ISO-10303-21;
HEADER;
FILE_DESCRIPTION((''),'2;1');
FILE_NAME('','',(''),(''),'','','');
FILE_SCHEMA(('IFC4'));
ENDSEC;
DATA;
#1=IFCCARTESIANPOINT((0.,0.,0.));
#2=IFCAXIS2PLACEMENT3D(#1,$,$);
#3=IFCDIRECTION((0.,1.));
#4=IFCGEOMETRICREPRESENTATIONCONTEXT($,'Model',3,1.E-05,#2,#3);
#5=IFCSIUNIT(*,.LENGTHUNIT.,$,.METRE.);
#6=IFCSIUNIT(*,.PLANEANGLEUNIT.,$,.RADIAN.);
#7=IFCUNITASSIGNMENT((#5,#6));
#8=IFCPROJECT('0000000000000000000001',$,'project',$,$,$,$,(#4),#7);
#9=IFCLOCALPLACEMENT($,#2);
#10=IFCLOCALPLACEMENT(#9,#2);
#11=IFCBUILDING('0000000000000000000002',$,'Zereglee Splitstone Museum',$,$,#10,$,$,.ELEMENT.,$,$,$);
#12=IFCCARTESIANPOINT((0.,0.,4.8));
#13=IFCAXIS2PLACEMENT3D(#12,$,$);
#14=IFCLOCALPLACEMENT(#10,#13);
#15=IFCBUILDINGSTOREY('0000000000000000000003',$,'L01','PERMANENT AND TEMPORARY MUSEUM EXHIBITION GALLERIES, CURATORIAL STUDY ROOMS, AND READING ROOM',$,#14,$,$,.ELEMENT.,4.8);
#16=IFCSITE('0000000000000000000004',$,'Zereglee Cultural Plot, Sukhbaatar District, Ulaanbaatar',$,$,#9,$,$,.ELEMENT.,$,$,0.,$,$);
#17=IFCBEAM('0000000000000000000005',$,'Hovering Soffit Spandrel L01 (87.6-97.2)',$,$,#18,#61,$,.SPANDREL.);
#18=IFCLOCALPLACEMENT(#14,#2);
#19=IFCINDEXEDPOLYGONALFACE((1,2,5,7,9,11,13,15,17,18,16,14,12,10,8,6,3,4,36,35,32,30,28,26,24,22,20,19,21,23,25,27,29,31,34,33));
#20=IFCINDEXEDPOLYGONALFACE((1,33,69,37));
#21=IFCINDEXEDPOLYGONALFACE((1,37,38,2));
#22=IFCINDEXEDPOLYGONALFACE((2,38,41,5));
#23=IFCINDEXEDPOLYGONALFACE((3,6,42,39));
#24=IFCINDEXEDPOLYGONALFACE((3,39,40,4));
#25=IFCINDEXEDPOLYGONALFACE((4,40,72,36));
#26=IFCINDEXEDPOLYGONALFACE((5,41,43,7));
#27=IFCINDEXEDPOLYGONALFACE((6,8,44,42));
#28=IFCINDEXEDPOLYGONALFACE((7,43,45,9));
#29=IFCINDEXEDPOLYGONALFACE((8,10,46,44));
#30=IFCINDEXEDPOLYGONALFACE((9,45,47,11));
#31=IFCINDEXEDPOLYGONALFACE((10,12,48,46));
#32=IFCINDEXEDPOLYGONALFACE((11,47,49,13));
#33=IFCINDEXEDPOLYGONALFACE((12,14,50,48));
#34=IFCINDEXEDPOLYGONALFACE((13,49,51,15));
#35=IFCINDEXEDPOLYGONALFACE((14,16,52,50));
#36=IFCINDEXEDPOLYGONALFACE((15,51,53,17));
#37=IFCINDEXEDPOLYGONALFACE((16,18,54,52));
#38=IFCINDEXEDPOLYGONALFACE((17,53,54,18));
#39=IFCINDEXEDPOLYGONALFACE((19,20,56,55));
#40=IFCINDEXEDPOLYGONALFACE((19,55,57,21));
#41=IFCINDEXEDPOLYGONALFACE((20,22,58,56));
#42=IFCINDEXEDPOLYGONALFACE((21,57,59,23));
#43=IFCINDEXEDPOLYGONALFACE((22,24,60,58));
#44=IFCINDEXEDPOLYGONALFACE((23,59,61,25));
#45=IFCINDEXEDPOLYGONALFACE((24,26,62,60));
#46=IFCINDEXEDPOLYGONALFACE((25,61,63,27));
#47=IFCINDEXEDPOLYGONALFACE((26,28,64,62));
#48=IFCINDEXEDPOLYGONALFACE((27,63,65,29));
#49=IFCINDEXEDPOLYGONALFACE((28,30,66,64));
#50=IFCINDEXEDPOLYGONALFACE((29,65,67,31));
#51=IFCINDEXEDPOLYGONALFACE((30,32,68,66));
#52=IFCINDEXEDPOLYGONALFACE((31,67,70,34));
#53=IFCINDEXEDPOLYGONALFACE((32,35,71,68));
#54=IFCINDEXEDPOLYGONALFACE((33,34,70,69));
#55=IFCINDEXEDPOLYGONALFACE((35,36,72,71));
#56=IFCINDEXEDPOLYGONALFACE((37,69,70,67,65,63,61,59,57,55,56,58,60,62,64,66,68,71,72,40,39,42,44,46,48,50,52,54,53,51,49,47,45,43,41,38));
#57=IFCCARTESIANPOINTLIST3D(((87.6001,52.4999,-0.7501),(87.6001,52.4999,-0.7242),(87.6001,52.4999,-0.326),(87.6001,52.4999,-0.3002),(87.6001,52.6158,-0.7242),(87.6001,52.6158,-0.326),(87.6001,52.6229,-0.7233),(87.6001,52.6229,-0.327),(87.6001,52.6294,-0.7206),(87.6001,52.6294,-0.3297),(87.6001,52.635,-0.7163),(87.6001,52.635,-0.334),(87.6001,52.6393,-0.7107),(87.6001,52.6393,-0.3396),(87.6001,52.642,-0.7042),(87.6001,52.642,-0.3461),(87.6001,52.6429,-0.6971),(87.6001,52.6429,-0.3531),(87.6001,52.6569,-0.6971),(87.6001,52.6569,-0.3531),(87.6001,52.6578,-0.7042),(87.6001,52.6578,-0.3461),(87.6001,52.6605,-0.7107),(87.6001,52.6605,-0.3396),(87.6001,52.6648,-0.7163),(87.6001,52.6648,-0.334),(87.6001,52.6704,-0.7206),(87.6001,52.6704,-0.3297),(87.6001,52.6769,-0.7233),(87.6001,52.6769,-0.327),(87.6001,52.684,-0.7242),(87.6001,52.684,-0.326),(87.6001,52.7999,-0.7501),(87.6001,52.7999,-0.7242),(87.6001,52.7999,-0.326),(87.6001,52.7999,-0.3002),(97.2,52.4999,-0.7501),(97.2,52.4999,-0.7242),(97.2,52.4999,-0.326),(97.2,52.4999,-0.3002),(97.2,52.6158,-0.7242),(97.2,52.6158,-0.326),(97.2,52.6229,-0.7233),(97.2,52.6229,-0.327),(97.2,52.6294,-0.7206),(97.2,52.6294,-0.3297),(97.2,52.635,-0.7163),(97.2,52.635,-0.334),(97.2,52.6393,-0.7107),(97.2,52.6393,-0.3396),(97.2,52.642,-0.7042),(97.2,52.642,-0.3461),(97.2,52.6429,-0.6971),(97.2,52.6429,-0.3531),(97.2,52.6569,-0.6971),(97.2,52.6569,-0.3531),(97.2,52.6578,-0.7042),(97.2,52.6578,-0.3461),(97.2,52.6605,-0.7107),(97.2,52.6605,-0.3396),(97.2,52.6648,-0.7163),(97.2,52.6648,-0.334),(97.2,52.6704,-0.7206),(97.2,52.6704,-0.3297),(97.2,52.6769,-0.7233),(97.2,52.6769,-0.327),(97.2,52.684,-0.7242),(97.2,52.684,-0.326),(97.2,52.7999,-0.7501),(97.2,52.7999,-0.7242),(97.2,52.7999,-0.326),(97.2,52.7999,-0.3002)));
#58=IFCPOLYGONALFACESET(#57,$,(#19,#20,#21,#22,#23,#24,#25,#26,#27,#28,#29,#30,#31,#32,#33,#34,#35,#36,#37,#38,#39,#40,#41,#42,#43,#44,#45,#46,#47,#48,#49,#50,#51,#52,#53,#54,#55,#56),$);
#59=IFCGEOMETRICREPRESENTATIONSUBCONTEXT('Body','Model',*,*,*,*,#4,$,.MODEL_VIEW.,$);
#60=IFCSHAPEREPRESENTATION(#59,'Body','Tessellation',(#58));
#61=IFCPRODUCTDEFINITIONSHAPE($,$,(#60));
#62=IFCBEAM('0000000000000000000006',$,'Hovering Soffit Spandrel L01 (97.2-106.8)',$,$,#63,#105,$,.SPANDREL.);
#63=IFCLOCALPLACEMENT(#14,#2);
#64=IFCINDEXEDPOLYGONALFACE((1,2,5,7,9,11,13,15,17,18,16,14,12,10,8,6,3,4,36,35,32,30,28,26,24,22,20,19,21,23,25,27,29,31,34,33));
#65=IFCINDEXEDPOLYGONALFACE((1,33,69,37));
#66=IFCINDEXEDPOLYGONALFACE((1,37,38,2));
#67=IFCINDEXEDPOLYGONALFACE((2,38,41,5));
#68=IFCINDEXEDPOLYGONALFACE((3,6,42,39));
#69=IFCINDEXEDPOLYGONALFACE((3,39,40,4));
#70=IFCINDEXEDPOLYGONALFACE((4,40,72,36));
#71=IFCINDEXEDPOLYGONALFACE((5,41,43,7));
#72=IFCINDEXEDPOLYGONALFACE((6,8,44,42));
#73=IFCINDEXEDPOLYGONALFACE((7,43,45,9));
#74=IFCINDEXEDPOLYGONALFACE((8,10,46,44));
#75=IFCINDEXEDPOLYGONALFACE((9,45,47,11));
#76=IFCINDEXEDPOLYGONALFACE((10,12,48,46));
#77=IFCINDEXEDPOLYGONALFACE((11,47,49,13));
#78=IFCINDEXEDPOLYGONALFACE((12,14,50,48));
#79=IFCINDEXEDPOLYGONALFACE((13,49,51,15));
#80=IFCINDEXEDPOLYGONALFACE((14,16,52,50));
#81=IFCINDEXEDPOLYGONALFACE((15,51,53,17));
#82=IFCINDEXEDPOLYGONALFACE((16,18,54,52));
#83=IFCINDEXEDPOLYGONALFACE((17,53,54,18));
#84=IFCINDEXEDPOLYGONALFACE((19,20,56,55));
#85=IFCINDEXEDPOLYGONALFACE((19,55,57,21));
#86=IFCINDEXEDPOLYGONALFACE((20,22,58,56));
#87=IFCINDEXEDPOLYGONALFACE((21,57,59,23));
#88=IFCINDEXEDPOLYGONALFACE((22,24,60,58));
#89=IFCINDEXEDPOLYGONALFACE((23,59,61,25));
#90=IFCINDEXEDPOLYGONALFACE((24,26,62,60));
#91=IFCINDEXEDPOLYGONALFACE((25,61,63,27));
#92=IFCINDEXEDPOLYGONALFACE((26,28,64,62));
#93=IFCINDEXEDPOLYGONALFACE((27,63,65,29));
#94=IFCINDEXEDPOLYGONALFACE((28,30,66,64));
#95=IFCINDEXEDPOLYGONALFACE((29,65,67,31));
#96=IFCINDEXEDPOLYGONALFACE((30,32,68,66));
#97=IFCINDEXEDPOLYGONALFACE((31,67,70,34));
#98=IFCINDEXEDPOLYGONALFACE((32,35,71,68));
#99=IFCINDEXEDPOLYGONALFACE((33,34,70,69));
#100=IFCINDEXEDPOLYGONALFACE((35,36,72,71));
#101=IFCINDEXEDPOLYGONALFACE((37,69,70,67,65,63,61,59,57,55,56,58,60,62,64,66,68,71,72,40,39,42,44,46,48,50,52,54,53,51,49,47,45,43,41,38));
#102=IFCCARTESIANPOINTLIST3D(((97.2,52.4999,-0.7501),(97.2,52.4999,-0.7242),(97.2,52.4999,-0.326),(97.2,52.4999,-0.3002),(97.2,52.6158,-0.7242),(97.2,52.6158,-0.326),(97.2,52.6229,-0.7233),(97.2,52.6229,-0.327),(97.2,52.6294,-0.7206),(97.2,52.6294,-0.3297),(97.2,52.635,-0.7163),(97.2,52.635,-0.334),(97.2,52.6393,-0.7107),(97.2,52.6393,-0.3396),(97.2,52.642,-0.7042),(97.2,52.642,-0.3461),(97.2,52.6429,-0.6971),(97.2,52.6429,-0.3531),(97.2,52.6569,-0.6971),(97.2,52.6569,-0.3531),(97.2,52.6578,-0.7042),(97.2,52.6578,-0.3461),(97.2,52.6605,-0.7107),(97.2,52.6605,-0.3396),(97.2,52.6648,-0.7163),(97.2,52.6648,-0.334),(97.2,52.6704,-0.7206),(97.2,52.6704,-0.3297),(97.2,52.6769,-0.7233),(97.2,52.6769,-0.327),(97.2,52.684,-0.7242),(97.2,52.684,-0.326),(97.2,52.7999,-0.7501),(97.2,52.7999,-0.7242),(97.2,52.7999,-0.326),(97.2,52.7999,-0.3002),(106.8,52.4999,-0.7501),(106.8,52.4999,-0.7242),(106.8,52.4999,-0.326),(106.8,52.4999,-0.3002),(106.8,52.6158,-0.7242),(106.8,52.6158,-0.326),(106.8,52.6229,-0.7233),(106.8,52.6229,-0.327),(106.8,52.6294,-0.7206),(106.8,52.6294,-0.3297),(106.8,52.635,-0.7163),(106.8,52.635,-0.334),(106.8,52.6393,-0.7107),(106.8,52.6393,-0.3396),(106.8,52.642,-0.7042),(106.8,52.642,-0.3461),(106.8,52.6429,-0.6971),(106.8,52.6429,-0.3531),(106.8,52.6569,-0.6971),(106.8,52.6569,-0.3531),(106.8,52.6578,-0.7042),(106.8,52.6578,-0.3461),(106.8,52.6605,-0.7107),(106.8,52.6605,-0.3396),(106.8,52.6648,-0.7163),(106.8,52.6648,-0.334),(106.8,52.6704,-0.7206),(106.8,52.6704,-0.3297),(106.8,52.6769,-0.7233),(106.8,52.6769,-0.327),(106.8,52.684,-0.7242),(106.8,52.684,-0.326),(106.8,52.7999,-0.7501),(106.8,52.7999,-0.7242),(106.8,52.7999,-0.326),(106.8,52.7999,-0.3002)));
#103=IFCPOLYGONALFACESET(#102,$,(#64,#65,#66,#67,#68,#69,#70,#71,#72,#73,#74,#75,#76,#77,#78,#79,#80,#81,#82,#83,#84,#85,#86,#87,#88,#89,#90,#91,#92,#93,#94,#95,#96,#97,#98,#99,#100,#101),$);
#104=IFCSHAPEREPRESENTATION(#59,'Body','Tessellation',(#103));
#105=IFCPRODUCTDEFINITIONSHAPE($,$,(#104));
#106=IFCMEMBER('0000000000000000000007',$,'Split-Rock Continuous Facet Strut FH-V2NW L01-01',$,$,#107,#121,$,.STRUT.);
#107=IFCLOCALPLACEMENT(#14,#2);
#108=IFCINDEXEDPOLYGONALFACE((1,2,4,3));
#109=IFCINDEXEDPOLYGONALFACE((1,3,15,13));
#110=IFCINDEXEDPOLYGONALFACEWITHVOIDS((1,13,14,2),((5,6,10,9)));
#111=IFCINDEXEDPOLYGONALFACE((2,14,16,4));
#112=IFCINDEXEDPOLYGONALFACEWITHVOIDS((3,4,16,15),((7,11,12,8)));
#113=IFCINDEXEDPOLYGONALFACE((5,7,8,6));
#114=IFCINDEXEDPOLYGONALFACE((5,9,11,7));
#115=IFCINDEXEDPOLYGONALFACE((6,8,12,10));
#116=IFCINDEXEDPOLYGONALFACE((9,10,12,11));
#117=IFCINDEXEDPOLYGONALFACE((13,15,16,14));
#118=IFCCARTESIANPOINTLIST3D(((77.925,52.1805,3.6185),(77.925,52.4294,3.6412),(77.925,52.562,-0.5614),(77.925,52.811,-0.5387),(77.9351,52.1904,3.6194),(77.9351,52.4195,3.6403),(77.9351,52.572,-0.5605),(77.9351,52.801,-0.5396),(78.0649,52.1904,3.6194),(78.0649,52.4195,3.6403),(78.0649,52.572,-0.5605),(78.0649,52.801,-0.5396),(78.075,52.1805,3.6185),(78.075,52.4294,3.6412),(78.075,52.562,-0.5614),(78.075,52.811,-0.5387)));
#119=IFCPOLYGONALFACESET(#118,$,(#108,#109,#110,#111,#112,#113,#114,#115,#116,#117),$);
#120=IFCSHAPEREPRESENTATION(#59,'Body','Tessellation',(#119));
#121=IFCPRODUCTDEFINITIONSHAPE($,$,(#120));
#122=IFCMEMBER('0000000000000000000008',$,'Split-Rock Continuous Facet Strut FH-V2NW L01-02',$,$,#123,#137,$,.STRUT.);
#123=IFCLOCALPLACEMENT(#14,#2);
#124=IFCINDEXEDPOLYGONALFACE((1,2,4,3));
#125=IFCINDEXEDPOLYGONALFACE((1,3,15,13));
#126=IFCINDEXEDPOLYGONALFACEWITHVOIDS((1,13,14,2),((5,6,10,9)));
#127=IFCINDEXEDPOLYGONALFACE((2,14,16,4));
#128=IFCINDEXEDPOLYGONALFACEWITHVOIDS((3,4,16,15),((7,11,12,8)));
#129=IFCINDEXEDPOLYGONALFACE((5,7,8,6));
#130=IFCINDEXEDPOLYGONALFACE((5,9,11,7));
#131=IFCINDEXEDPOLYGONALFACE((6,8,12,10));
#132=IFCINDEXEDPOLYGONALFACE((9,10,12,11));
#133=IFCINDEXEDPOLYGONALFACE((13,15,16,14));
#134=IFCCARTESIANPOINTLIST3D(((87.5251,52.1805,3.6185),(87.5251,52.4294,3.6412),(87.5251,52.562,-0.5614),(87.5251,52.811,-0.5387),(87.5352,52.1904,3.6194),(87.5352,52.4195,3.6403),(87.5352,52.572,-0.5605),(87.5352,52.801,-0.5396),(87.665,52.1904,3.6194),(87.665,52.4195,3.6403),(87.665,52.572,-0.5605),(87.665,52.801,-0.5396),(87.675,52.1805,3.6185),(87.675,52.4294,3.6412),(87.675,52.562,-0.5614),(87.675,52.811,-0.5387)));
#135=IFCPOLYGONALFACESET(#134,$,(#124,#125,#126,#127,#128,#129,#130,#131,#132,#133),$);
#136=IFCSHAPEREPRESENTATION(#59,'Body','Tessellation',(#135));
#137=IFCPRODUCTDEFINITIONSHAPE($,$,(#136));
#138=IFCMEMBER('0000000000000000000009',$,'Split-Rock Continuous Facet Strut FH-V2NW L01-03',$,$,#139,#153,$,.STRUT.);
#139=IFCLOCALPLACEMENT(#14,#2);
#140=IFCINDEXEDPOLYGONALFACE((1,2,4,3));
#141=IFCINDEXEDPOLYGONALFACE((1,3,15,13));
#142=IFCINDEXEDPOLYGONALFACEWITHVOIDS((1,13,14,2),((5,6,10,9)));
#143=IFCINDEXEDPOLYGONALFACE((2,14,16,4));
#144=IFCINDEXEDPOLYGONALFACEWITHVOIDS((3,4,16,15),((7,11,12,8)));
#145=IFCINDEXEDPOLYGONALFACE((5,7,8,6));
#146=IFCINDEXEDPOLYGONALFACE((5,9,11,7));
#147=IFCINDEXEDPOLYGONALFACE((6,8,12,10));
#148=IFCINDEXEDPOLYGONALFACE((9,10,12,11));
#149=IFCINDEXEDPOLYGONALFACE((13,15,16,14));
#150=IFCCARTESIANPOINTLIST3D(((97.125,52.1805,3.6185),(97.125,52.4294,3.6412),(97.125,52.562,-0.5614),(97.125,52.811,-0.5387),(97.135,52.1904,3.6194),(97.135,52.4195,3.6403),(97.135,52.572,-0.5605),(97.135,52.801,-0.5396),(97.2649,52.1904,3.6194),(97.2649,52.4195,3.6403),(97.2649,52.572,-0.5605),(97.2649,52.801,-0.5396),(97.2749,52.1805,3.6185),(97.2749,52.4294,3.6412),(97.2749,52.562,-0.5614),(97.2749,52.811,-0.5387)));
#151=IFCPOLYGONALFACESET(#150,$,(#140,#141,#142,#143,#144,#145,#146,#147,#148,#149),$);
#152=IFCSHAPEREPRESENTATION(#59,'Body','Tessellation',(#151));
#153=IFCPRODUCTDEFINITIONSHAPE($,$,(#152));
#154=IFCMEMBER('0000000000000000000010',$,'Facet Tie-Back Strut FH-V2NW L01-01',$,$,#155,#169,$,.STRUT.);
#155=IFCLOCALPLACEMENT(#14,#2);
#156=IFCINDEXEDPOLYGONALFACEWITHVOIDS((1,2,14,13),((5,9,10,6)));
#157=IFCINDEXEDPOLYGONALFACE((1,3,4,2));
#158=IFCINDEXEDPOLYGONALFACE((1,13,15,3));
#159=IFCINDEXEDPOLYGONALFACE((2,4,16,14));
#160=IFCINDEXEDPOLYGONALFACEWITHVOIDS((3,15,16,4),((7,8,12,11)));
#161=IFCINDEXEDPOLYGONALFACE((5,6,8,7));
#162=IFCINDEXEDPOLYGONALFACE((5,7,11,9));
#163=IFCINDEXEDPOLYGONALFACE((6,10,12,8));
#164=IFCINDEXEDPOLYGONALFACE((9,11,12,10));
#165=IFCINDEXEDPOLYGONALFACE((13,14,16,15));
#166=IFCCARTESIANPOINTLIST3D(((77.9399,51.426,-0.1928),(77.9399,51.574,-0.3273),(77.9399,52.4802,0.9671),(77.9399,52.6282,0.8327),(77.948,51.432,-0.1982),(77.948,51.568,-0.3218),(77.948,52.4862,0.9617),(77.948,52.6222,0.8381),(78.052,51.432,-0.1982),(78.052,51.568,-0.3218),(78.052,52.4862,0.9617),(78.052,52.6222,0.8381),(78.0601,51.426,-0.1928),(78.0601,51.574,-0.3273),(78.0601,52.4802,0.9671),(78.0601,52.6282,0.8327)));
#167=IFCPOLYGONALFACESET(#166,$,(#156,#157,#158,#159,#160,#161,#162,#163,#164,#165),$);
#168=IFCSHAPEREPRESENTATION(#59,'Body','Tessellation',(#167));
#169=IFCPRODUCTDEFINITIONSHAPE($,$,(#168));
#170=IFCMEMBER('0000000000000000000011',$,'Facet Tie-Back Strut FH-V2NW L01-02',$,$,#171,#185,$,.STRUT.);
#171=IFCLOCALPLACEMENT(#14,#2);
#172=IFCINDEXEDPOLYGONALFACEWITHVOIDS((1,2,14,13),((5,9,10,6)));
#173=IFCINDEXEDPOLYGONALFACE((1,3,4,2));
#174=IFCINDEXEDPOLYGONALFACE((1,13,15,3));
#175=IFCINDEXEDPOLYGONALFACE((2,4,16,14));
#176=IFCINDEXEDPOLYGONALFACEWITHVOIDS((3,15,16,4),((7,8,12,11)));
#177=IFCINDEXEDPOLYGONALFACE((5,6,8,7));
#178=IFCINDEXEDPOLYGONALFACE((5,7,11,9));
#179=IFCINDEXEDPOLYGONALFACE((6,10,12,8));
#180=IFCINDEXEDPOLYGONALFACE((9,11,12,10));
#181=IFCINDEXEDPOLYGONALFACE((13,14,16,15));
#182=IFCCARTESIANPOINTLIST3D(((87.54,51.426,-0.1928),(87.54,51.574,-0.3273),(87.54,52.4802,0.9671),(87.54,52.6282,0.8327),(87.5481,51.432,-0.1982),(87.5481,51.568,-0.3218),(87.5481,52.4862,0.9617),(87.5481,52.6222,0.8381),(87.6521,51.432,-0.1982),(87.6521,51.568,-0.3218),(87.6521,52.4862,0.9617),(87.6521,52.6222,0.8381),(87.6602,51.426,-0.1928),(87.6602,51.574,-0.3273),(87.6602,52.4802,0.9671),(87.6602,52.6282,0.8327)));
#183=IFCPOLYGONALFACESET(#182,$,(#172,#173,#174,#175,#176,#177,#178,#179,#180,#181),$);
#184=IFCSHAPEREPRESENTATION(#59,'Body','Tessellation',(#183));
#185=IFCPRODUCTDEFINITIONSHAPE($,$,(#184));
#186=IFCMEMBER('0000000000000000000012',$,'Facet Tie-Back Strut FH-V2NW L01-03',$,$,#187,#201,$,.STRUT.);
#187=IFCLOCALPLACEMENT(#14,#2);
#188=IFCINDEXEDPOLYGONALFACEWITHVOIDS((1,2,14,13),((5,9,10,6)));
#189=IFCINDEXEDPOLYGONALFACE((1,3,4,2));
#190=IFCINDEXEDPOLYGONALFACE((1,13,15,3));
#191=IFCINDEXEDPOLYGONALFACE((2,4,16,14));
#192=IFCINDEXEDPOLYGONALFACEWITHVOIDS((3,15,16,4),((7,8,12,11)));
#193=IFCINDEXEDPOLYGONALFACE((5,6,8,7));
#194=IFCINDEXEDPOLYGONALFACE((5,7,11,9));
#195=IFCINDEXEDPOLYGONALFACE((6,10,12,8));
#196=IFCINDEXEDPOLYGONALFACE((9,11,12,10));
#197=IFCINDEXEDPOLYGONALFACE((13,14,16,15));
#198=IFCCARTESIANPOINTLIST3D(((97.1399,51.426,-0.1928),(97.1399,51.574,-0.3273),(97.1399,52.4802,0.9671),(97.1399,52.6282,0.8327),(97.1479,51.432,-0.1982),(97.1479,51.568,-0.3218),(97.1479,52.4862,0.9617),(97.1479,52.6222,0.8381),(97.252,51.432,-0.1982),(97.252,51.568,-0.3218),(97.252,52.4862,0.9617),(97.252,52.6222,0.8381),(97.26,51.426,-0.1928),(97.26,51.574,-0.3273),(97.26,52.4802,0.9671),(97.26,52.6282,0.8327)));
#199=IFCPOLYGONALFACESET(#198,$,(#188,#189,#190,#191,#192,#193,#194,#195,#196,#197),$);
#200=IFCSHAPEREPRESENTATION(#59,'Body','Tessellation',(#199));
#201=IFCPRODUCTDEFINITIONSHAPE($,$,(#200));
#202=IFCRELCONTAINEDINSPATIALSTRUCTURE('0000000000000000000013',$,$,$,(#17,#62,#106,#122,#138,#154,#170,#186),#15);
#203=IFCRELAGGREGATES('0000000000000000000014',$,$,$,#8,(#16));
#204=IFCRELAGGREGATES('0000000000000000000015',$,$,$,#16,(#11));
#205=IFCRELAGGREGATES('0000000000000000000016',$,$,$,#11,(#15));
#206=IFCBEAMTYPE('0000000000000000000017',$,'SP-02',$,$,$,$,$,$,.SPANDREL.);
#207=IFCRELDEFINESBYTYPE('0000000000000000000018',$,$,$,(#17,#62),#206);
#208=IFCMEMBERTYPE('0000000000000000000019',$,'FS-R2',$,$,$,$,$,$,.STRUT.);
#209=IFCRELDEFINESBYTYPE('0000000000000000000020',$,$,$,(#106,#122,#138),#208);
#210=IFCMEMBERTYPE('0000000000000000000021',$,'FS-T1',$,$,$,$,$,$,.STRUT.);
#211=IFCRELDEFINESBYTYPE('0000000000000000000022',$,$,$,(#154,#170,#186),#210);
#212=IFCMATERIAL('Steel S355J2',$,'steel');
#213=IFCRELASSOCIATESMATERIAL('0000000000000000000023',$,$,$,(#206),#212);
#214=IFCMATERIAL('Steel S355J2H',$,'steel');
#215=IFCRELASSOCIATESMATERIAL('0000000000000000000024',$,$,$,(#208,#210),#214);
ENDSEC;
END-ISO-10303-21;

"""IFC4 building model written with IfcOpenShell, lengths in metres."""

from ifc_helpers import new_model, si_unit, direction, frame, origin, origin_2d, place, context, subcontext, project, spatial, hollow_rectangle, i_section, extrude, material, material_profile, profile_set, type_object, element, save


model = new_model("IFC4")

# Units and contexts
model_context = context("Model", 3, precision=1e-05, world=origin(), true_north=direction((0.0, 1.0)))
body_context = subcontext(model_context, "Body", "Model", "MODEL_VIEW")
ifc_project = project(units=[si_unit("LENGTHUNIT", "METRE"), si_unit("PLANEANGLEUNIT", "RADIAN")], contexts=[model_context])

# Site, building, storey
site_placement = place(None, origin())
site = spatial("IfcSite", under=ifc_project, at=site_placement, Name="Zereglee Cultural Plot, Sukhbaatar District, Ulaanbaatar", CompositionType="ELEMENT", RefElevation=0.0)
building_placement = place(site_placement, origin())
building = spatial("IfcBuilding", under=site, at=building_placement, Name="Zereglee Splitstone Museum", CompositionType="ELEMENT")
storey_placement = place(building_placement, frame((0.0, 0.0, 4.8)))
storey = spatial("IfcBuildingStorey", under=building, at=storey_placement, Name="L01", Description="PERMANENT AND TEMPORARY MUSEUM EXHIBITION GALLERIES, CURATORIAL STUDY ROOMS, AND READING ROOM", CompositionType="ELEMENT", Elevation=4.8)

# Shared definitions
ifc_material_1 = material(Name="Steel S355J2", Category="steel")

# Beams
ifc_material_profile_1 = material_profile(ifc_material_1, i_section(OverallWidth=0.3, OverallDepth=0.45, WebThickness=0.0139, FlangeThickness=0.0259, FilletRadius=0.0271, at=origin_2d()), Name="HE 450 B")
ifc_profile_set_1 = profile_set([ifc_material_profile_1], Name="Steel S355J2")
beam_type = type_object("IfcBeamType", Name="SP-02", PredefinedType="SPANDREL", material=ifc_profile_set_1)
beam_1_placement = place(storey_placement, frame((87.6001, 52.6499, -0.5251), z_axis=(1.0, 0.0, 0.0), x_axis=(0.0, 1.0, 0.0)))
element("IfcBeam", 1, at=beam_1_placement, inside=storey, type_object=beam_type, Name="Hovering Soffit Spandrel L01 (87.6-97.2)", PredefinedType="SPANDREL", context=body_context, shape_type="SweptSolid", body=[
    extrude(i_section(OverallWidth=0.3, OverallDepth=0.45, WebThickness=0.0139, FlangeThickness=0.0259, FilletRadius=0.0271, at=origin_2d()), origin(), (0.0, 0.0, 1.0), 9.5999),
])
beam_2_placement = place(storey_placement, frame((97.2, 52.6499, -0.5251), z_axis=(1.0, 0.0, 0.0), x_axis=(0.0, 1.0, 0.0)))
element("IfcBeam", 2, at=beam_2_placement, inside=storey, type_object=beam_type, Name="Hovering Soffit Spandrel L01 (97.2-106.8)", PredefinedType="SPANDREL", context=body_context, shape_type="SweptSolid", body=[
    extrude(i_section(OverallWidth=0.3, OverallDepth=0.45, WebThickness=0.0139, FlangeThickness=0.0259, FilletRadius=0.0271, at=origin_2d()), origin(), (0.0, 0.0, 1.0), 9.6001),
])

# Members
ifc_material_2 = material(Name="Steel S355J2H", Category="steel")
ifc_material_profile_2 = material_profile(ifc_material_2, hollow_rectangle(XDim=0.1499, YDim=0.25, WallThickness=0.01, at=origin_2d()), Name="RHS 250x150x10")
ifc_profile_set_2 = profile_set([ifc_material_profile_2], Name="Steel S355J2H")
member_type_1 = type_object("IfcMemberType", Name="FS-R2", PredefinedType="STRUT", material=ifc_profile_set_2)
for number, where, z_axis, x_axis, name in (
    (3, (78.0, 52.6865, -0.55), (0.0, -0.090913, 0.995859), (1.0, 0.0, 0.0), "Split-Rock Continuous Facet Strut FH-V2NW L01-01"),
    (4, (87.6001, 52.6865, -0.55), (0.0, -0.090913, 0.995859), (1.0, 0.0, 0.0), "Split-Rock Continuous Facet Strut FH-V2NW L01-02"),
    (5, (97.2, 52.6865, -0.55), (0.0, -0.090913, 0.995859), (1.0, 0.0, 0.0), "Split-Rock Continuous Facet Strut FH-V2NW L01-03"),
):
    element("IfcMember", number, at=place(storey_placement, frame(where, z_axis=z_axis, x_axis=x_axis)), inside=storey, type_object=member_type_1, Name=name, PredefinedType="STRUT", context=body_context, shape_type="SweptSolid", body=[
        extrude(hollow_rectangle(XDim=0.1499, YDim=0.25, WallThickness=0.01, at=origin_2d()), origin(), (0.0, 0.0, 1.0), 4.1973),
    ])
ifc_material_profile_3 = material_profile(ifc_material_2, hollow_rectangle(XDim=0.1201, YDim=0.2, WallThickness=0.0081, at=origin_2d()), Name="RHS 200x120x8")
ifc_profile_set_3 = profile_set([ifc_material_profile_3], Name="Steel S355J2H")
member_type_2 = type_object("IfcMemberType", Name="FS-T1", PredefinedType="STRUT", material=ifc_profile_set_3)
for number, where, z_axis, x_axis, name in (
    (6, (78.0, 51.5, -0.26), (0.0, 0.67258, 0.740025), (-1.0, 0.0, 0.0), "Facet Tie-Back Strut FH-V2NW L01-01"),
    (7, (87.6001, 51.5, -0.26), (0.0, 0.67258, 0.740025), (-1.0, 0.0, 0.0), "Facet Tie-Back Strut FH-V2NW L01-02"),
    (8, (97.2, 51.5, -0.26), (0.0, 0.67258, 0.740025), (-1.0, 0.0, 0.0), "Facet Tie-Back Strut FH-V2NW L01-03"),
):
    element("IfcMember", number, at=place(storey_placement, frame(where, z_axis=z_axis, x_axis=x_axis)), inside=storey, type_object=member_type_2, Name=name, PredefinedType="STRUT", context=body_context, shape_type="SweptSolid", body=[
        extrude(hollow_rectangle(XDim=0.1201, YDim=0.2, WallThickness=0.0081, at=origin_2d()), origin(), (0.0, 0.0, 1.0), 1.5674),
    ])

save(model, "model.ifc")
